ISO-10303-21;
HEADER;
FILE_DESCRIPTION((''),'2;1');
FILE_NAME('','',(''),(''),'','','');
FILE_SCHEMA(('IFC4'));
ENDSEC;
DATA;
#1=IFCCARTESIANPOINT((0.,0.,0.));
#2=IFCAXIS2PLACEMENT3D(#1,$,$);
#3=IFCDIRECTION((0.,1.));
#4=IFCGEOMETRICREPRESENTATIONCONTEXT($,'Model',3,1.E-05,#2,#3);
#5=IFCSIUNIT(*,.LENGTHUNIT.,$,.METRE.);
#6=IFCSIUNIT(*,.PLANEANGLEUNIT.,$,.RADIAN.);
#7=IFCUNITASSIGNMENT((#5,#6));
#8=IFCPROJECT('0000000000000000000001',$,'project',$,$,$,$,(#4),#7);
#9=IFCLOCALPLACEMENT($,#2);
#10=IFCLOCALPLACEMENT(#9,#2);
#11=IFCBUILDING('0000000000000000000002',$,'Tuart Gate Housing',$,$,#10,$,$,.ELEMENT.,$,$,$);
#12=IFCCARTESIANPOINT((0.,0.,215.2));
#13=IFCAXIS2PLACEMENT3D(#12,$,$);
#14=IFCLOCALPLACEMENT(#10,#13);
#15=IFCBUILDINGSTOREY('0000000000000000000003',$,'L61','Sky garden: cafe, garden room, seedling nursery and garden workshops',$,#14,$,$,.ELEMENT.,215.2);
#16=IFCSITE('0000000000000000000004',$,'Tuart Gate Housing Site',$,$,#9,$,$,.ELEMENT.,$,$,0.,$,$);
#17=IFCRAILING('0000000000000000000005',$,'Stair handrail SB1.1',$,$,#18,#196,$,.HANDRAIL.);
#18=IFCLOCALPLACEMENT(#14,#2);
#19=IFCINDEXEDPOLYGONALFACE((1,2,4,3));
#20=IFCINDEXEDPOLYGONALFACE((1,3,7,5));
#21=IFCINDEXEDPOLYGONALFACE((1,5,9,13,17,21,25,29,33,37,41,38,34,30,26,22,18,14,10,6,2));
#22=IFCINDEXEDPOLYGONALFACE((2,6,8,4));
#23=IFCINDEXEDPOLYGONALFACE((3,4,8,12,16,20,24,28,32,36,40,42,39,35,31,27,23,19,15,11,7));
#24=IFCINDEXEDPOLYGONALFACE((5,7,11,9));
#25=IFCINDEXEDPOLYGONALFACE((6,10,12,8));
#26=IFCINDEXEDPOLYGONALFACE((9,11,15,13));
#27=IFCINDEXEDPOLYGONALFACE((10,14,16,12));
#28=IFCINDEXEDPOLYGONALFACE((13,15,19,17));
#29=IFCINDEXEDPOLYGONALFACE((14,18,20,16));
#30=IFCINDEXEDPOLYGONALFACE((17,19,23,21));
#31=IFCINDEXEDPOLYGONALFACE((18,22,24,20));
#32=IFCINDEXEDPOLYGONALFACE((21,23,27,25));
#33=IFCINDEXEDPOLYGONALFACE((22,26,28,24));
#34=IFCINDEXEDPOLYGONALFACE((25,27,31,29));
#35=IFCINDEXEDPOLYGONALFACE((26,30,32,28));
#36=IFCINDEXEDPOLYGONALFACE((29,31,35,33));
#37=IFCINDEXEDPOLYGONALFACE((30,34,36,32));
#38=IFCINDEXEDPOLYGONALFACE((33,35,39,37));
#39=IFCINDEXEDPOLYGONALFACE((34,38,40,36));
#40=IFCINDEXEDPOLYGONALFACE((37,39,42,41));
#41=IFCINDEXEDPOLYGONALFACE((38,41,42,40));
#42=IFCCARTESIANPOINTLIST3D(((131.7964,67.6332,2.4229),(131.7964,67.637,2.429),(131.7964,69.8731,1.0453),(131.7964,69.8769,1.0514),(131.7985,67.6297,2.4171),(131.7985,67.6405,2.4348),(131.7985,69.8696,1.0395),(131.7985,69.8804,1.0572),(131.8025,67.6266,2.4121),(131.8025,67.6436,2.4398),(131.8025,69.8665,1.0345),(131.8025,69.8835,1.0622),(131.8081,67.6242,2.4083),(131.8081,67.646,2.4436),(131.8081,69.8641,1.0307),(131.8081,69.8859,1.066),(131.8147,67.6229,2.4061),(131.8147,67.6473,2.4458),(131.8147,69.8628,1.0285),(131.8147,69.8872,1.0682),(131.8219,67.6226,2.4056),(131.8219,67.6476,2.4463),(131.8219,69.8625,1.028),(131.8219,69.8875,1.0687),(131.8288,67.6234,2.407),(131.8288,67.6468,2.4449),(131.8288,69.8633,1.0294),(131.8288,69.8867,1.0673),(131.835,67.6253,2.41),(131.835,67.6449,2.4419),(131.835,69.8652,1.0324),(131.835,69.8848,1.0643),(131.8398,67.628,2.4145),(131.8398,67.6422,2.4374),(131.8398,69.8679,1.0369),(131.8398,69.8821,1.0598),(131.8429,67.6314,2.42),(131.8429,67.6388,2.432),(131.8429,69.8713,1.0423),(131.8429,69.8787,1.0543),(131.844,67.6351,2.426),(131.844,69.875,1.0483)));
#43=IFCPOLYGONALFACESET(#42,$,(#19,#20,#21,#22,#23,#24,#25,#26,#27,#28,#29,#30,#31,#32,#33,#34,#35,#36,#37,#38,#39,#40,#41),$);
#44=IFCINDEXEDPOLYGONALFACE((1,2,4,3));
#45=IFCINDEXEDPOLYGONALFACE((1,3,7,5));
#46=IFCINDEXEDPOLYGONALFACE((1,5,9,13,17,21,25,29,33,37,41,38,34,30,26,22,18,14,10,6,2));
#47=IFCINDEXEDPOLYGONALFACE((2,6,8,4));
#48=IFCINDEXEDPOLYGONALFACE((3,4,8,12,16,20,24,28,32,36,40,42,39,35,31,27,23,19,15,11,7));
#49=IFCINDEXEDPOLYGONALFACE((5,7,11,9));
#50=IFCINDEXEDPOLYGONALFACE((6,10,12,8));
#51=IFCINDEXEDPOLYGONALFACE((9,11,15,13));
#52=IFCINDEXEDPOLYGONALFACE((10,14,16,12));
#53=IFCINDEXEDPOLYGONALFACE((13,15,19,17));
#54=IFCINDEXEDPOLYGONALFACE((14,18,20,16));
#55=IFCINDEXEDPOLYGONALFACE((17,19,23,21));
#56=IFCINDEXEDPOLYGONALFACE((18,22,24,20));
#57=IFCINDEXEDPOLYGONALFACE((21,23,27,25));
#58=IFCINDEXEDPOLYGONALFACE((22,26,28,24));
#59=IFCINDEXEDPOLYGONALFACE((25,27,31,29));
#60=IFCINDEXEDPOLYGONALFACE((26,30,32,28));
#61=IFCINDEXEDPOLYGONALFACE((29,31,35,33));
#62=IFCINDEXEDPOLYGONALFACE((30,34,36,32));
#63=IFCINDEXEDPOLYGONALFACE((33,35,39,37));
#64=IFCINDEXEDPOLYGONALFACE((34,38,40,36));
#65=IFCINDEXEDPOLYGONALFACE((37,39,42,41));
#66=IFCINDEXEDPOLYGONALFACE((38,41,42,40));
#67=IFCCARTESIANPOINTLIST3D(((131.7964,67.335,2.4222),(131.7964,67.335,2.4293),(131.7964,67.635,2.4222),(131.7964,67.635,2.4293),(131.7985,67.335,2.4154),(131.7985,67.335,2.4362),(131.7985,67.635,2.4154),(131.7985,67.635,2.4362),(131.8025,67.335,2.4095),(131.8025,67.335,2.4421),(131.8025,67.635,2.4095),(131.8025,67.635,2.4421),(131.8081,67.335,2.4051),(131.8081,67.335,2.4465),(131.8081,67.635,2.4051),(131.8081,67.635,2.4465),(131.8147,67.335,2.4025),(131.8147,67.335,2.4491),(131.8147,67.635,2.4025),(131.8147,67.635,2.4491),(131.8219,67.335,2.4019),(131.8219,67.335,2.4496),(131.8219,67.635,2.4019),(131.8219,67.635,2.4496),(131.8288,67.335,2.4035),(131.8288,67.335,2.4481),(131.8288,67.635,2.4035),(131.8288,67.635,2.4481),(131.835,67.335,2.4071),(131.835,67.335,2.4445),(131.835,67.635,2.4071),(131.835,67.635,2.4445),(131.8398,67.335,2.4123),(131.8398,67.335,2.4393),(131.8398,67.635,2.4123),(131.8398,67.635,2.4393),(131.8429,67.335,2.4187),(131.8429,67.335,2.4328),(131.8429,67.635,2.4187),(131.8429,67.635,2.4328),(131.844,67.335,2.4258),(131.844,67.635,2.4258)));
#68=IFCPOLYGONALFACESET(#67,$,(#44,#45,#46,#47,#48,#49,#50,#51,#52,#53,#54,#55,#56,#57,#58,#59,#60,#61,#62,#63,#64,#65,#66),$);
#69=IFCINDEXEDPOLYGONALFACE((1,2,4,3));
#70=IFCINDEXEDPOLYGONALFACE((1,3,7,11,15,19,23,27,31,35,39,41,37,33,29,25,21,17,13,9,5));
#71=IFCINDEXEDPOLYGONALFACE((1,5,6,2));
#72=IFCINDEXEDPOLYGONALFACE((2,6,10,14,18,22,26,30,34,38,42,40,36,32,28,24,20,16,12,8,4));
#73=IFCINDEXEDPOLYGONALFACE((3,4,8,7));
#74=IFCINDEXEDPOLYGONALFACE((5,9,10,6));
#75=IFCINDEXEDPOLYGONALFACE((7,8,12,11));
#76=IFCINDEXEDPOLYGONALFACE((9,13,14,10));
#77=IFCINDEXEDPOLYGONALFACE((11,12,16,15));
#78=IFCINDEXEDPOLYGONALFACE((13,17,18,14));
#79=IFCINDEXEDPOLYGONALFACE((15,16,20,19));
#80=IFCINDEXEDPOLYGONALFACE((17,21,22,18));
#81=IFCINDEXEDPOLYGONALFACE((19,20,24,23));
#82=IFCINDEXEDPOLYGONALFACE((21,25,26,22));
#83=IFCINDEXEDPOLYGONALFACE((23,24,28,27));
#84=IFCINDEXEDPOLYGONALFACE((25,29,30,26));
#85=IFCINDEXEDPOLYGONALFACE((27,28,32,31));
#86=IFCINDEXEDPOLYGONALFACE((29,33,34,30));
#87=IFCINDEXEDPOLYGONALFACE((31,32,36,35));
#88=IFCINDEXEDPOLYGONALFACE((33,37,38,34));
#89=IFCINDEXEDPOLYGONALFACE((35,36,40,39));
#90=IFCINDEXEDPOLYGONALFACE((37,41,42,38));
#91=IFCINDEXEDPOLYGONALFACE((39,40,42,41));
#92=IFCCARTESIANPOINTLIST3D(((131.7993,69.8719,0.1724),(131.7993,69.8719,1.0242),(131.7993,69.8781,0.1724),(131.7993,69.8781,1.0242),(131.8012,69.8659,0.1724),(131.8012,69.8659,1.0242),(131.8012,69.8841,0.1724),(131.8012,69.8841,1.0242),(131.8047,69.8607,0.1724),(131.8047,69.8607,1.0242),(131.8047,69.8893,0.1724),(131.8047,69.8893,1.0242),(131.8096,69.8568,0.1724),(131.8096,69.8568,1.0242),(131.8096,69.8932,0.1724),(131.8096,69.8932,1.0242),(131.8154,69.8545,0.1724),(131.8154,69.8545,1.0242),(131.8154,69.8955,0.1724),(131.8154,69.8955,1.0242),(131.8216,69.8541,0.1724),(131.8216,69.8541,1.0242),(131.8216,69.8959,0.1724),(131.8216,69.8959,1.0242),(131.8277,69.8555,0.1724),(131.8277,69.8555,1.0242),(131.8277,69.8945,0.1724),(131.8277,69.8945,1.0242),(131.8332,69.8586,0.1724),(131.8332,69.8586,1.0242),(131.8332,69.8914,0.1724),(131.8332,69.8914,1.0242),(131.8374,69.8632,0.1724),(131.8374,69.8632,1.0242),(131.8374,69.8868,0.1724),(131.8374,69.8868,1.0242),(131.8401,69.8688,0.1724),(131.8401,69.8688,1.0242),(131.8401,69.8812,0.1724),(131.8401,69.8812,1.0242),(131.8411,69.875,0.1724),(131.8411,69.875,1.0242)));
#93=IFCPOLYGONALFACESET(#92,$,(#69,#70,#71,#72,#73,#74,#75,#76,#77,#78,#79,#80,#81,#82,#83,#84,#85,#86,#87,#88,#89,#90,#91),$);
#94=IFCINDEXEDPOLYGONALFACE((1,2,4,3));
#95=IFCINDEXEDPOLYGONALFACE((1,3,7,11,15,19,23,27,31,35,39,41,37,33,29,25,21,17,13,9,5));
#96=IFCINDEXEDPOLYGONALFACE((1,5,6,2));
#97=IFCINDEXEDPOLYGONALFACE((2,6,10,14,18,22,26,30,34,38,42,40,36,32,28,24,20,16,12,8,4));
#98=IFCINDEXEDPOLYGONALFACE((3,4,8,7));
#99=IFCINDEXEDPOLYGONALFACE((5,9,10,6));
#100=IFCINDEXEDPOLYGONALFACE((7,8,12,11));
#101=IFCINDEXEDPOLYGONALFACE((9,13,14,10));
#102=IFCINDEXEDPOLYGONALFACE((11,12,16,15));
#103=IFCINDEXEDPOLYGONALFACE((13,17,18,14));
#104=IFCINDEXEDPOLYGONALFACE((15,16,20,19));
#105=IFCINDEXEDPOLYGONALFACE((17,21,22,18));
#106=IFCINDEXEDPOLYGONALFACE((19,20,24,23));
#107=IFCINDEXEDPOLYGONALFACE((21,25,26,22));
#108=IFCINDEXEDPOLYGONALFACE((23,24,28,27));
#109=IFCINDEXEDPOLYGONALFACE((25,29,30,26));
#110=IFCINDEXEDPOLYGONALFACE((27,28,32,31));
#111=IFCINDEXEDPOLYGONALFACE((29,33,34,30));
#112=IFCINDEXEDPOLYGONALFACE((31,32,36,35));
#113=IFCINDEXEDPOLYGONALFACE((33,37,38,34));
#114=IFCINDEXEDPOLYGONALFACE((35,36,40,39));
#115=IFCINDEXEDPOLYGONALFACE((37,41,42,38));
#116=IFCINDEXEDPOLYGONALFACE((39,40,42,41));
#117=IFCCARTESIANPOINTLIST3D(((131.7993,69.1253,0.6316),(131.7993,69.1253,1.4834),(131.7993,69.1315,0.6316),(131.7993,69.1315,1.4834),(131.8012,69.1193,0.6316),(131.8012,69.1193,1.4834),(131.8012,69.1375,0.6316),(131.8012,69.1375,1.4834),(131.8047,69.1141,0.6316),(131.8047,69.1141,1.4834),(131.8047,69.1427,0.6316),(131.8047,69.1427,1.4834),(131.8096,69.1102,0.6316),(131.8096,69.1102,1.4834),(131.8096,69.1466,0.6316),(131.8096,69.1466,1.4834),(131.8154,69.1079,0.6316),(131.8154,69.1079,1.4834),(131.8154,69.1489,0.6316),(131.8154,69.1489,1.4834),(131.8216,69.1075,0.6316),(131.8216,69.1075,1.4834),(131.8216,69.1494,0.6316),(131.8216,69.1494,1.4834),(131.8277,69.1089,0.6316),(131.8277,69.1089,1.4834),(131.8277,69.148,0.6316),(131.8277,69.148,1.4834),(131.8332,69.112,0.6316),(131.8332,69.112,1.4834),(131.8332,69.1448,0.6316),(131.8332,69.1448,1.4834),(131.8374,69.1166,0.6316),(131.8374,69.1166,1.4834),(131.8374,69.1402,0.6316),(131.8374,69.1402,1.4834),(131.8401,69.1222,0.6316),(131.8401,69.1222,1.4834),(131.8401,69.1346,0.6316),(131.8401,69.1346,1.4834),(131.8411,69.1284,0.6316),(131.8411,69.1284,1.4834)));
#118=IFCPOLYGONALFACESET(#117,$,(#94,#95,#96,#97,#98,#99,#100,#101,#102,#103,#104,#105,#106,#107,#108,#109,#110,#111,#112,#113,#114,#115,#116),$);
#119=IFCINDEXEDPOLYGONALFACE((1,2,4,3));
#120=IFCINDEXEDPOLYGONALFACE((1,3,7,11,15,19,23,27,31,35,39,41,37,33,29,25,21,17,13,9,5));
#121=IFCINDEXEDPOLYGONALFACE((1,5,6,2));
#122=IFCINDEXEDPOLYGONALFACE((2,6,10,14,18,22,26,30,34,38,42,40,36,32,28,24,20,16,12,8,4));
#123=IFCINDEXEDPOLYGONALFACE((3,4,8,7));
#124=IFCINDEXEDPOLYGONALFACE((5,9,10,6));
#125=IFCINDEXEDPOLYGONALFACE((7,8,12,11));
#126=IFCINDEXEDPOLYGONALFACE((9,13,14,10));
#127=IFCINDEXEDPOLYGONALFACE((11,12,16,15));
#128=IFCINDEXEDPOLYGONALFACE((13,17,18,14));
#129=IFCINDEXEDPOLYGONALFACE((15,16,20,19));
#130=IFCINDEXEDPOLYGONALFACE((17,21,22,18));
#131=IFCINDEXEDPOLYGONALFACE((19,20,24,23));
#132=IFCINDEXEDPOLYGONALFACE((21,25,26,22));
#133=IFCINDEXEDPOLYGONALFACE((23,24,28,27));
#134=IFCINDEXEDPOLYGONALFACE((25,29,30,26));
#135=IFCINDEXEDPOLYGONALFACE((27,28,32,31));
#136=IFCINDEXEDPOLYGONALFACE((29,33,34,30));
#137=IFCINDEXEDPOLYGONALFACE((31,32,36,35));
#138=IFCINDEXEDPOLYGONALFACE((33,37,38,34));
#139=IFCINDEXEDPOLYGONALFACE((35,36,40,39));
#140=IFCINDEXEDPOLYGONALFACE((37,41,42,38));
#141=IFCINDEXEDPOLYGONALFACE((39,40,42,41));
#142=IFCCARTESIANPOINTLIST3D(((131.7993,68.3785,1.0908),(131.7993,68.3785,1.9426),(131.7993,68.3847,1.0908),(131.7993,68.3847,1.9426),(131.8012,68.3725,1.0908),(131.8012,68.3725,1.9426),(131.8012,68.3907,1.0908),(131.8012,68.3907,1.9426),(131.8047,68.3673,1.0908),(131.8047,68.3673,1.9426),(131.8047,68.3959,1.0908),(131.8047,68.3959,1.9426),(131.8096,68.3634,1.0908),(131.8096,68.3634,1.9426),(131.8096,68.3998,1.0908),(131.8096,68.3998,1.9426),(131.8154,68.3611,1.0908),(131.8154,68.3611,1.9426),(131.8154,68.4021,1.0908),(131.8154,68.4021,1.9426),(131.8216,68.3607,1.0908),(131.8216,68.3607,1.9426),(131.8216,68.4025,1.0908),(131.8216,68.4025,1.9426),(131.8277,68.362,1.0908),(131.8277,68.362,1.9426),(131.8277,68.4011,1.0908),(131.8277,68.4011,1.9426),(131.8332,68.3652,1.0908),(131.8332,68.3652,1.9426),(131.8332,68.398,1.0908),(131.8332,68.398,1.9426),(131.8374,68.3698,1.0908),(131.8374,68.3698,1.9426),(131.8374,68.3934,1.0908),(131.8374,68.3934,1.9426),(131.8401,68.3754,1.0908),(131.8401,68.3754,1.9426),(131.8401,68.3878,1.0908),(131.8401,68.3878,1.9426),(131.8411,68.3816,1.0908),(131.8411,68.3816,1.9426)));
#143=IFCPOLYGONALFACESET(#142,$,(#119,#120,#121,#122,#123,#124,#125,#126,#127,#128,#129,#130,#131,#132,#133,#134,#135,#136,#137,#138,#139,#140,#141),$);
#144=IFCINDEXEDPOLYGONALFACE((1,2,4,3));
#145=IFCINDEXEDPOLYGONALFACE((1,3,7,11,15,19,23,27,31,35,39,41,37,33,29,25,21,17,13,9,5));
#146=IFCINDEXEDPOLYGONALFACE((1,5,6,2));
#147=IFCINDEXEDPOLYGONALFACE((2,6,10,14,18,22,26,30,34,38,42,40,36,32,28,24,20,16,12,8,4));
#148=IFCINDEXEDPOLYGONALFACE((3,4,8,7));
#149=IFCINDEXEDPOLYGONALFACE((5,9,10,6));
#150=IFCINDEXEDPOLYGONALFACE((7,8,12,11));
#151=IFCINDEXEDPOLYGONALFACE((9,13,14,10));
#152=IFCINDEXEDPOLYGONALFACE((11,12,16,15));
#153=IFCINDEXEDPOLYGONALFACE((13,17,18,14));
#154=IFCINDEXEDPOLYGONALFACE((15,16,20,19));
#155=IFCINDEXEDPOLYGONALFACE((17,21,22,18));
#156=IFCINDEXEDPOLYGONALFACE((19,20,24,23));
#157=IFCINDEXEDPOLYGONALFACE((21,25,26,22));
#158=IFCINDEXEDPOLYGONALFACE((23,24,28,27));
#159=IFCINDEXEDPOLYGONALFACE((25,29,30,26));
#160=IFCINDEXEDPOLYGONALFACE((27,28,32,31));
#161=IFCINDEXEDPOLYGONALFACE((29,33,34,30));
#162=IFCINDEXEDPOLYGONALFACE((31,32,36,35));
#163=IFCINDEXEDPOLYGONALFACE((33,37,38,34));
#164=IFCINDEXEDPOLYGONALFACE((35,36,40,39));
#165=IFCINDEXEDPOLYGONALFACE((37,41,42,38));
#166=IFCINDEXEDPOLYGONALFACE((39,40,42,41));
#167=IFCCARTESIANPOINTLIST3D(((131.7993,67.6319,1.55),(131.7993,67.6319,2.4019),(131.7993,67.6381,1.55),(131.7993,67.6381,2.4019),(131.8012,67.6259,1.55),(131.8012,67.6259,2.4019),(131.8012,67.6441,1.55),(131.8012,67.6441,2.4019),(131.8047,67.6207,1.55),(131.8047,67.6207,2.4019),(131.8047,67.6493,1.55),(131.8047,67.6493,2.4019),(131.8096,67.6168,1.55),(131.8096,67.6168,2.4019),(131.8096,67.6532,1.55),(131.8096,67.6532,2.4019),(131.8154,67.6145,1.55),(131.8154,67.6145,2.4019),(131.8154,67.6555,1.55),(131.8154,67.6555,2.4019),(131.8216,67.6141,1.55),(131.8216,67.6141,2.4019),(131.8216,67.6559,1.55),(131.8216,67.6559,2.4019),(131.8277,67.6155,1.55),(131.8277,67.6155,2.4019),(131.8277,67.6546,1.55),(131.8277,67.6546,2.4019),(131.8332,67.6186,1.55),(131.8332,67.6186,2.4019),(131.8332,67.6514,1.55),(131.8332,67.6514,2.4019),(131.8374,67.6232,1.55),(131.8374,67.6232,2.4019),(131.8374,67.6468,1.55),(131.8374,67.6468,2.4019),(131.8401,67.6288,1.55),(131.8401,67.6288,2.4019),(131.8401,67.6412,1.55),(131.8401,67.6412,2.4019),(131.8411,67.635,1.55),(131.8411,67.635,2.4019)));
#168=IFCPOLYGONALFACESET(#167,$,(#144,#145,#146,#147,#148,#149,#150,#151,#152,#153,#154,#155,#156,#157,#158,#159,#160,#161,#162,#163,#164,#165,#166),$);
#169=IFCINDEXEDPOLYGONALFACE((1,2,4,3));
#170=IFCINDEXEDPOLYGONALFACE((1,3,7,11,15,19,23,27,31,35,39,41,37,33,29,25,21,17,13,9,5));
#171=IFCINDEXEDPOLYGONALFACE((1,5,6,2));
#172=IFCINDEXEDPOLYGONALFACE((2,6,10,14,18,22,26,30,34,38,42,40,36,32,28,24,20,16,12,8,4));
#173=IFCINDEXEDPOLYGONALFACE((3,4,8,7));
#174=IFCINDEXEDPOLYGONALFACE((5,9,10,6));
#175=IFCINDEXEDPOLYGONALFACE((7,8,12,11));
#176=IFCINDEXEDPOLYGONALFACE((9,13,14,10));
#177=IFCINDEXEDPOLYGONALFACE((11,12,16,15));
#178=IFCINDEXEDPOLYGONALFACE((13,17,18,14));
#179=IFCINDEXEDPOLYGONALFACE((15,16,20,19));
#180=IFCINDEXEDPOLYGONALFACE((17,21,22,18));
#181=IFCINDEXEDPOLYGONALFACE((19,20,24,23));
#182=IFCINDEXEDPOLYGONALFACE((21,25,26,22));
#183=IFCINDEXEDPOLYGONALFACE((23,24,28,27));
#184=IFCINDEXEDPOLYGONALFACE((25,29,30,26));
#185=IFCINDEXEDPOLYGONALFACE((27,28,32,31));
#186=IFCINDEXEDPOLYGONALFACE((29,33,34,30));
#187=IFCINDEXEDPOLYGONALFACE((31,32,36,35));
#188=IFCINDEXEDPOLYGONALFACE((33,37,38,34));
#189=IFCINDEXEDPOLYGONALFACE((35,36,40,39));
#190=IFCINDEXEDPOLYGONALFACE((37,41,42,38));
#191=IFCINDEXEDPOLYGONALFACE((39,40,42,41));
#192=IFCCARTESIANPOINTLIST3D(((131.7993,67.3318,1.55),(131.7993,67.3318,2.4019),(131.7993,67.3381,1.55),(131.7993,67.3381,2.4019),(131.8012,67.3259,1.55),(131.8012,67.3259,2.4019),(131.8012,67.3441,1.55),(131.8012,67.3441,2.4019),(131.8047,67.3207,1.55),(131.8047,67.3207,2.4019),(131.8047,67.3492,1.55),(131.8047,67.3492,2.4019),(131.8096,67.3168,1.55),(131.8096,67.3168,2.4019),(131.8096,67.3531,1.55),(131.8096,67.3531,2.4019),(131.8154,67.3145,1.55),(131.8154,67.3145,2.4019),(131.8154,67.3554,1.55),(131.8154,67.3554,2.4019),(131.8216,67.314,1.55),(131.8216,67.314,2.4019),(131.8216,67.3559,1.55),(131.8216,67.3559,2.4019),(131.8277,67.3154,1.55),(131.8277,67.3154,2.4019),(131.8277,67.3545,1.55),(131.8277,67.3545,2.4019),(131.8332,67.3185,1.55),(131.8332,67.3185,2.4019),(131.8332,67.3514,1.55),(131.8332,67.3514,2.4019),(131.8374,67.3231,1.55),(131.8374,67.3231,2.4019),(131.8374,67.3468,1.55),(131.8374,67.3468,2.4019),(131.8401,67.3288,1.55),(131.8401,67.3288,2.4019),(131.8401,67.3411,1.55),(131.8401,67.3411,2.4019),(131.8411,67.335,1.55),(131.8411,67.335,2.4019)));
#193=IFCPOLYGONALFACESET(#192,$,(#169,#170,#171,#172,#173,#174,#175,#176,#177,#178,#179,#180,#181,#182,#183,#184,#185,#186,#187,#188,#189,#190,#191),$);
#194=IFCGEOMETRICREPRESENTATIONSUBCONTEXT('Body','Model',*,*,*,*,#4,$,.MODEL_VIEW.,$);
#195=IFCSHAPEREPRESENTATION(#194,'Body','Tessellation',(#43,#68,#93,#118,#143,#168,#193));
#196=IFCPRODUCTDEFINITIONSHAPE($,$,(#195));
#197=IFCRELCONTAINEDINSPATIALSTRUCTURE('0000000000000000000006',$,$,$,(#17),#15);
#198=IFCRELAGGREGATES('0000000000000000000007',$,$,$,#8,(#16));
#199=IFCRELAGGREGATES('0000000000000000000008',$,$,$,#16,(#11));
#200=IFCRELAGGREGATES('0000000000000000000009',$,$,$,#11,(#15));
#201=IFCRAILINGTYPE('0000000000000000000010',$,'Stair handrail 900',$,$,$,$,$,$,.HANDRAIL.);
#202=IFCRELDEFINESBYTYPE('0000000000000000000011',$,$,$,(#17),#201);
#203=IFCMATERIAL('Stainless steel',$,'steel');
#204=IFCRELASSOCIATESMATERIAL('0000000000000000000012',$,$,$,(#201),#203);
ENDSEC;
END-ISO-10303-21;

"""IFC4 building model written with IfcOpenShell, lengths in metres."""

from ifc_helpers import new_model, si_unit, direction, frame, origin, origin_2d, place, context, subcontext, project, spatial, circle, extrude, material, type_object, element, save


model = new_model("IFC4")

# Units and contexts
model_context = context("Model", 3, precision=1e-05, world=origin(), true_north=direction((0.0, 1.0)))
body_context = subcontext(model_context, "Body", "Model", "MODEL_VIEW")
ifc_project = project(units=[si_unit("LENGTHUNIT", "METRE"), si_unit("PLANEANGLEUNIT", "RADIAN")], contexts=[model_context])

# Site, building, storey
site_placement = place(None, origin())
site = spatial("IfcSite", under=ifc_project, at=site_placement, Name="Tuart Gate Housing Site", CompositionType="ELEMENT", RefElevation=0.0)
building_placement = place(site_placement, origin())
building = spatial("IfcBuilding", under=site, at=building_placement, Name="Tuart Gate Housing", CompositionType="ELEMENT")
storey_placement = place(building_placement, frame((0.0, 0.0, 215.2)))
storey = spatial("IfcBuildingStorey", under=building, at=storey_placement, Name="L61", Description="Sky garden: cafe, garden room, seedling nursery and garden workshops", CompositionType="ELEMENT", Elevation=215.2)

# Railing
ifc_material_1 = material(Name="Stainless steel", Category="steel")
railing_type = type_object("IfcRailingType", Name="Stair handrail 900", PredefinedType="HANDRAIL", material=ifc_material_1)
railing_placement = place(storey_placement, frame((131.8201, 69.875, 0.1724)))
element("IfcRailing", 1, at=railing_placement, inside=storey, type_object=railing_type, Name="Stair handrail SB1.1", PredefinedType="HANDRAIL", context=body_context, shape_type="SweptSolid", body=[
    extrude(circle(Radius=0.0239, at=origin_2d()), frame((0.0, 0.0, 0.876), z_axis=(0.0, -0.851789, 0.523885), x_axis=(1.0, 0.0, 0.0)), (0.0, 0.0, 1.0), 2.6296),
    extrude(circle(Radius=0.0239, at=origin_2d()), frame((0.0, -2.24, 2.2534), z_axis=(0.0, -1.0, 0.0), x_axis=(1.0, 0.0, 0.0)), (0.0, 0.0, 1.0), 0.3),
    extrude(circle(Radius=0.021, at=origin_2d()), origin(), (0.0, 0.0, 1.0), 0.8518),
    extrude(circle(Radius=0.021, at=origin_2d()), frame((0.0, -0.7466, 0.4592)), (0.0, 0.0, 1.0), 0.8518),
    extrude(circle(Radius=0.021, at=origin_2d()), frame((0.0, -1.4934, 0.9185)), (0.0, 0.0, 1.0), 0.8518),
    extrude(circle(Radius=0.021, at=origin_2d()), frame((0.0, -2.24, 1.3777)), (0.0, 0.0, 1.0), 0.8518),
    extrude(circle(Radius=0.021, at=origin_2d()), frame((0.0, -2.54, 1.3777)), (0.0, 0.0, 1.0), 0.8518),
])

save(model, "model.ifc")
